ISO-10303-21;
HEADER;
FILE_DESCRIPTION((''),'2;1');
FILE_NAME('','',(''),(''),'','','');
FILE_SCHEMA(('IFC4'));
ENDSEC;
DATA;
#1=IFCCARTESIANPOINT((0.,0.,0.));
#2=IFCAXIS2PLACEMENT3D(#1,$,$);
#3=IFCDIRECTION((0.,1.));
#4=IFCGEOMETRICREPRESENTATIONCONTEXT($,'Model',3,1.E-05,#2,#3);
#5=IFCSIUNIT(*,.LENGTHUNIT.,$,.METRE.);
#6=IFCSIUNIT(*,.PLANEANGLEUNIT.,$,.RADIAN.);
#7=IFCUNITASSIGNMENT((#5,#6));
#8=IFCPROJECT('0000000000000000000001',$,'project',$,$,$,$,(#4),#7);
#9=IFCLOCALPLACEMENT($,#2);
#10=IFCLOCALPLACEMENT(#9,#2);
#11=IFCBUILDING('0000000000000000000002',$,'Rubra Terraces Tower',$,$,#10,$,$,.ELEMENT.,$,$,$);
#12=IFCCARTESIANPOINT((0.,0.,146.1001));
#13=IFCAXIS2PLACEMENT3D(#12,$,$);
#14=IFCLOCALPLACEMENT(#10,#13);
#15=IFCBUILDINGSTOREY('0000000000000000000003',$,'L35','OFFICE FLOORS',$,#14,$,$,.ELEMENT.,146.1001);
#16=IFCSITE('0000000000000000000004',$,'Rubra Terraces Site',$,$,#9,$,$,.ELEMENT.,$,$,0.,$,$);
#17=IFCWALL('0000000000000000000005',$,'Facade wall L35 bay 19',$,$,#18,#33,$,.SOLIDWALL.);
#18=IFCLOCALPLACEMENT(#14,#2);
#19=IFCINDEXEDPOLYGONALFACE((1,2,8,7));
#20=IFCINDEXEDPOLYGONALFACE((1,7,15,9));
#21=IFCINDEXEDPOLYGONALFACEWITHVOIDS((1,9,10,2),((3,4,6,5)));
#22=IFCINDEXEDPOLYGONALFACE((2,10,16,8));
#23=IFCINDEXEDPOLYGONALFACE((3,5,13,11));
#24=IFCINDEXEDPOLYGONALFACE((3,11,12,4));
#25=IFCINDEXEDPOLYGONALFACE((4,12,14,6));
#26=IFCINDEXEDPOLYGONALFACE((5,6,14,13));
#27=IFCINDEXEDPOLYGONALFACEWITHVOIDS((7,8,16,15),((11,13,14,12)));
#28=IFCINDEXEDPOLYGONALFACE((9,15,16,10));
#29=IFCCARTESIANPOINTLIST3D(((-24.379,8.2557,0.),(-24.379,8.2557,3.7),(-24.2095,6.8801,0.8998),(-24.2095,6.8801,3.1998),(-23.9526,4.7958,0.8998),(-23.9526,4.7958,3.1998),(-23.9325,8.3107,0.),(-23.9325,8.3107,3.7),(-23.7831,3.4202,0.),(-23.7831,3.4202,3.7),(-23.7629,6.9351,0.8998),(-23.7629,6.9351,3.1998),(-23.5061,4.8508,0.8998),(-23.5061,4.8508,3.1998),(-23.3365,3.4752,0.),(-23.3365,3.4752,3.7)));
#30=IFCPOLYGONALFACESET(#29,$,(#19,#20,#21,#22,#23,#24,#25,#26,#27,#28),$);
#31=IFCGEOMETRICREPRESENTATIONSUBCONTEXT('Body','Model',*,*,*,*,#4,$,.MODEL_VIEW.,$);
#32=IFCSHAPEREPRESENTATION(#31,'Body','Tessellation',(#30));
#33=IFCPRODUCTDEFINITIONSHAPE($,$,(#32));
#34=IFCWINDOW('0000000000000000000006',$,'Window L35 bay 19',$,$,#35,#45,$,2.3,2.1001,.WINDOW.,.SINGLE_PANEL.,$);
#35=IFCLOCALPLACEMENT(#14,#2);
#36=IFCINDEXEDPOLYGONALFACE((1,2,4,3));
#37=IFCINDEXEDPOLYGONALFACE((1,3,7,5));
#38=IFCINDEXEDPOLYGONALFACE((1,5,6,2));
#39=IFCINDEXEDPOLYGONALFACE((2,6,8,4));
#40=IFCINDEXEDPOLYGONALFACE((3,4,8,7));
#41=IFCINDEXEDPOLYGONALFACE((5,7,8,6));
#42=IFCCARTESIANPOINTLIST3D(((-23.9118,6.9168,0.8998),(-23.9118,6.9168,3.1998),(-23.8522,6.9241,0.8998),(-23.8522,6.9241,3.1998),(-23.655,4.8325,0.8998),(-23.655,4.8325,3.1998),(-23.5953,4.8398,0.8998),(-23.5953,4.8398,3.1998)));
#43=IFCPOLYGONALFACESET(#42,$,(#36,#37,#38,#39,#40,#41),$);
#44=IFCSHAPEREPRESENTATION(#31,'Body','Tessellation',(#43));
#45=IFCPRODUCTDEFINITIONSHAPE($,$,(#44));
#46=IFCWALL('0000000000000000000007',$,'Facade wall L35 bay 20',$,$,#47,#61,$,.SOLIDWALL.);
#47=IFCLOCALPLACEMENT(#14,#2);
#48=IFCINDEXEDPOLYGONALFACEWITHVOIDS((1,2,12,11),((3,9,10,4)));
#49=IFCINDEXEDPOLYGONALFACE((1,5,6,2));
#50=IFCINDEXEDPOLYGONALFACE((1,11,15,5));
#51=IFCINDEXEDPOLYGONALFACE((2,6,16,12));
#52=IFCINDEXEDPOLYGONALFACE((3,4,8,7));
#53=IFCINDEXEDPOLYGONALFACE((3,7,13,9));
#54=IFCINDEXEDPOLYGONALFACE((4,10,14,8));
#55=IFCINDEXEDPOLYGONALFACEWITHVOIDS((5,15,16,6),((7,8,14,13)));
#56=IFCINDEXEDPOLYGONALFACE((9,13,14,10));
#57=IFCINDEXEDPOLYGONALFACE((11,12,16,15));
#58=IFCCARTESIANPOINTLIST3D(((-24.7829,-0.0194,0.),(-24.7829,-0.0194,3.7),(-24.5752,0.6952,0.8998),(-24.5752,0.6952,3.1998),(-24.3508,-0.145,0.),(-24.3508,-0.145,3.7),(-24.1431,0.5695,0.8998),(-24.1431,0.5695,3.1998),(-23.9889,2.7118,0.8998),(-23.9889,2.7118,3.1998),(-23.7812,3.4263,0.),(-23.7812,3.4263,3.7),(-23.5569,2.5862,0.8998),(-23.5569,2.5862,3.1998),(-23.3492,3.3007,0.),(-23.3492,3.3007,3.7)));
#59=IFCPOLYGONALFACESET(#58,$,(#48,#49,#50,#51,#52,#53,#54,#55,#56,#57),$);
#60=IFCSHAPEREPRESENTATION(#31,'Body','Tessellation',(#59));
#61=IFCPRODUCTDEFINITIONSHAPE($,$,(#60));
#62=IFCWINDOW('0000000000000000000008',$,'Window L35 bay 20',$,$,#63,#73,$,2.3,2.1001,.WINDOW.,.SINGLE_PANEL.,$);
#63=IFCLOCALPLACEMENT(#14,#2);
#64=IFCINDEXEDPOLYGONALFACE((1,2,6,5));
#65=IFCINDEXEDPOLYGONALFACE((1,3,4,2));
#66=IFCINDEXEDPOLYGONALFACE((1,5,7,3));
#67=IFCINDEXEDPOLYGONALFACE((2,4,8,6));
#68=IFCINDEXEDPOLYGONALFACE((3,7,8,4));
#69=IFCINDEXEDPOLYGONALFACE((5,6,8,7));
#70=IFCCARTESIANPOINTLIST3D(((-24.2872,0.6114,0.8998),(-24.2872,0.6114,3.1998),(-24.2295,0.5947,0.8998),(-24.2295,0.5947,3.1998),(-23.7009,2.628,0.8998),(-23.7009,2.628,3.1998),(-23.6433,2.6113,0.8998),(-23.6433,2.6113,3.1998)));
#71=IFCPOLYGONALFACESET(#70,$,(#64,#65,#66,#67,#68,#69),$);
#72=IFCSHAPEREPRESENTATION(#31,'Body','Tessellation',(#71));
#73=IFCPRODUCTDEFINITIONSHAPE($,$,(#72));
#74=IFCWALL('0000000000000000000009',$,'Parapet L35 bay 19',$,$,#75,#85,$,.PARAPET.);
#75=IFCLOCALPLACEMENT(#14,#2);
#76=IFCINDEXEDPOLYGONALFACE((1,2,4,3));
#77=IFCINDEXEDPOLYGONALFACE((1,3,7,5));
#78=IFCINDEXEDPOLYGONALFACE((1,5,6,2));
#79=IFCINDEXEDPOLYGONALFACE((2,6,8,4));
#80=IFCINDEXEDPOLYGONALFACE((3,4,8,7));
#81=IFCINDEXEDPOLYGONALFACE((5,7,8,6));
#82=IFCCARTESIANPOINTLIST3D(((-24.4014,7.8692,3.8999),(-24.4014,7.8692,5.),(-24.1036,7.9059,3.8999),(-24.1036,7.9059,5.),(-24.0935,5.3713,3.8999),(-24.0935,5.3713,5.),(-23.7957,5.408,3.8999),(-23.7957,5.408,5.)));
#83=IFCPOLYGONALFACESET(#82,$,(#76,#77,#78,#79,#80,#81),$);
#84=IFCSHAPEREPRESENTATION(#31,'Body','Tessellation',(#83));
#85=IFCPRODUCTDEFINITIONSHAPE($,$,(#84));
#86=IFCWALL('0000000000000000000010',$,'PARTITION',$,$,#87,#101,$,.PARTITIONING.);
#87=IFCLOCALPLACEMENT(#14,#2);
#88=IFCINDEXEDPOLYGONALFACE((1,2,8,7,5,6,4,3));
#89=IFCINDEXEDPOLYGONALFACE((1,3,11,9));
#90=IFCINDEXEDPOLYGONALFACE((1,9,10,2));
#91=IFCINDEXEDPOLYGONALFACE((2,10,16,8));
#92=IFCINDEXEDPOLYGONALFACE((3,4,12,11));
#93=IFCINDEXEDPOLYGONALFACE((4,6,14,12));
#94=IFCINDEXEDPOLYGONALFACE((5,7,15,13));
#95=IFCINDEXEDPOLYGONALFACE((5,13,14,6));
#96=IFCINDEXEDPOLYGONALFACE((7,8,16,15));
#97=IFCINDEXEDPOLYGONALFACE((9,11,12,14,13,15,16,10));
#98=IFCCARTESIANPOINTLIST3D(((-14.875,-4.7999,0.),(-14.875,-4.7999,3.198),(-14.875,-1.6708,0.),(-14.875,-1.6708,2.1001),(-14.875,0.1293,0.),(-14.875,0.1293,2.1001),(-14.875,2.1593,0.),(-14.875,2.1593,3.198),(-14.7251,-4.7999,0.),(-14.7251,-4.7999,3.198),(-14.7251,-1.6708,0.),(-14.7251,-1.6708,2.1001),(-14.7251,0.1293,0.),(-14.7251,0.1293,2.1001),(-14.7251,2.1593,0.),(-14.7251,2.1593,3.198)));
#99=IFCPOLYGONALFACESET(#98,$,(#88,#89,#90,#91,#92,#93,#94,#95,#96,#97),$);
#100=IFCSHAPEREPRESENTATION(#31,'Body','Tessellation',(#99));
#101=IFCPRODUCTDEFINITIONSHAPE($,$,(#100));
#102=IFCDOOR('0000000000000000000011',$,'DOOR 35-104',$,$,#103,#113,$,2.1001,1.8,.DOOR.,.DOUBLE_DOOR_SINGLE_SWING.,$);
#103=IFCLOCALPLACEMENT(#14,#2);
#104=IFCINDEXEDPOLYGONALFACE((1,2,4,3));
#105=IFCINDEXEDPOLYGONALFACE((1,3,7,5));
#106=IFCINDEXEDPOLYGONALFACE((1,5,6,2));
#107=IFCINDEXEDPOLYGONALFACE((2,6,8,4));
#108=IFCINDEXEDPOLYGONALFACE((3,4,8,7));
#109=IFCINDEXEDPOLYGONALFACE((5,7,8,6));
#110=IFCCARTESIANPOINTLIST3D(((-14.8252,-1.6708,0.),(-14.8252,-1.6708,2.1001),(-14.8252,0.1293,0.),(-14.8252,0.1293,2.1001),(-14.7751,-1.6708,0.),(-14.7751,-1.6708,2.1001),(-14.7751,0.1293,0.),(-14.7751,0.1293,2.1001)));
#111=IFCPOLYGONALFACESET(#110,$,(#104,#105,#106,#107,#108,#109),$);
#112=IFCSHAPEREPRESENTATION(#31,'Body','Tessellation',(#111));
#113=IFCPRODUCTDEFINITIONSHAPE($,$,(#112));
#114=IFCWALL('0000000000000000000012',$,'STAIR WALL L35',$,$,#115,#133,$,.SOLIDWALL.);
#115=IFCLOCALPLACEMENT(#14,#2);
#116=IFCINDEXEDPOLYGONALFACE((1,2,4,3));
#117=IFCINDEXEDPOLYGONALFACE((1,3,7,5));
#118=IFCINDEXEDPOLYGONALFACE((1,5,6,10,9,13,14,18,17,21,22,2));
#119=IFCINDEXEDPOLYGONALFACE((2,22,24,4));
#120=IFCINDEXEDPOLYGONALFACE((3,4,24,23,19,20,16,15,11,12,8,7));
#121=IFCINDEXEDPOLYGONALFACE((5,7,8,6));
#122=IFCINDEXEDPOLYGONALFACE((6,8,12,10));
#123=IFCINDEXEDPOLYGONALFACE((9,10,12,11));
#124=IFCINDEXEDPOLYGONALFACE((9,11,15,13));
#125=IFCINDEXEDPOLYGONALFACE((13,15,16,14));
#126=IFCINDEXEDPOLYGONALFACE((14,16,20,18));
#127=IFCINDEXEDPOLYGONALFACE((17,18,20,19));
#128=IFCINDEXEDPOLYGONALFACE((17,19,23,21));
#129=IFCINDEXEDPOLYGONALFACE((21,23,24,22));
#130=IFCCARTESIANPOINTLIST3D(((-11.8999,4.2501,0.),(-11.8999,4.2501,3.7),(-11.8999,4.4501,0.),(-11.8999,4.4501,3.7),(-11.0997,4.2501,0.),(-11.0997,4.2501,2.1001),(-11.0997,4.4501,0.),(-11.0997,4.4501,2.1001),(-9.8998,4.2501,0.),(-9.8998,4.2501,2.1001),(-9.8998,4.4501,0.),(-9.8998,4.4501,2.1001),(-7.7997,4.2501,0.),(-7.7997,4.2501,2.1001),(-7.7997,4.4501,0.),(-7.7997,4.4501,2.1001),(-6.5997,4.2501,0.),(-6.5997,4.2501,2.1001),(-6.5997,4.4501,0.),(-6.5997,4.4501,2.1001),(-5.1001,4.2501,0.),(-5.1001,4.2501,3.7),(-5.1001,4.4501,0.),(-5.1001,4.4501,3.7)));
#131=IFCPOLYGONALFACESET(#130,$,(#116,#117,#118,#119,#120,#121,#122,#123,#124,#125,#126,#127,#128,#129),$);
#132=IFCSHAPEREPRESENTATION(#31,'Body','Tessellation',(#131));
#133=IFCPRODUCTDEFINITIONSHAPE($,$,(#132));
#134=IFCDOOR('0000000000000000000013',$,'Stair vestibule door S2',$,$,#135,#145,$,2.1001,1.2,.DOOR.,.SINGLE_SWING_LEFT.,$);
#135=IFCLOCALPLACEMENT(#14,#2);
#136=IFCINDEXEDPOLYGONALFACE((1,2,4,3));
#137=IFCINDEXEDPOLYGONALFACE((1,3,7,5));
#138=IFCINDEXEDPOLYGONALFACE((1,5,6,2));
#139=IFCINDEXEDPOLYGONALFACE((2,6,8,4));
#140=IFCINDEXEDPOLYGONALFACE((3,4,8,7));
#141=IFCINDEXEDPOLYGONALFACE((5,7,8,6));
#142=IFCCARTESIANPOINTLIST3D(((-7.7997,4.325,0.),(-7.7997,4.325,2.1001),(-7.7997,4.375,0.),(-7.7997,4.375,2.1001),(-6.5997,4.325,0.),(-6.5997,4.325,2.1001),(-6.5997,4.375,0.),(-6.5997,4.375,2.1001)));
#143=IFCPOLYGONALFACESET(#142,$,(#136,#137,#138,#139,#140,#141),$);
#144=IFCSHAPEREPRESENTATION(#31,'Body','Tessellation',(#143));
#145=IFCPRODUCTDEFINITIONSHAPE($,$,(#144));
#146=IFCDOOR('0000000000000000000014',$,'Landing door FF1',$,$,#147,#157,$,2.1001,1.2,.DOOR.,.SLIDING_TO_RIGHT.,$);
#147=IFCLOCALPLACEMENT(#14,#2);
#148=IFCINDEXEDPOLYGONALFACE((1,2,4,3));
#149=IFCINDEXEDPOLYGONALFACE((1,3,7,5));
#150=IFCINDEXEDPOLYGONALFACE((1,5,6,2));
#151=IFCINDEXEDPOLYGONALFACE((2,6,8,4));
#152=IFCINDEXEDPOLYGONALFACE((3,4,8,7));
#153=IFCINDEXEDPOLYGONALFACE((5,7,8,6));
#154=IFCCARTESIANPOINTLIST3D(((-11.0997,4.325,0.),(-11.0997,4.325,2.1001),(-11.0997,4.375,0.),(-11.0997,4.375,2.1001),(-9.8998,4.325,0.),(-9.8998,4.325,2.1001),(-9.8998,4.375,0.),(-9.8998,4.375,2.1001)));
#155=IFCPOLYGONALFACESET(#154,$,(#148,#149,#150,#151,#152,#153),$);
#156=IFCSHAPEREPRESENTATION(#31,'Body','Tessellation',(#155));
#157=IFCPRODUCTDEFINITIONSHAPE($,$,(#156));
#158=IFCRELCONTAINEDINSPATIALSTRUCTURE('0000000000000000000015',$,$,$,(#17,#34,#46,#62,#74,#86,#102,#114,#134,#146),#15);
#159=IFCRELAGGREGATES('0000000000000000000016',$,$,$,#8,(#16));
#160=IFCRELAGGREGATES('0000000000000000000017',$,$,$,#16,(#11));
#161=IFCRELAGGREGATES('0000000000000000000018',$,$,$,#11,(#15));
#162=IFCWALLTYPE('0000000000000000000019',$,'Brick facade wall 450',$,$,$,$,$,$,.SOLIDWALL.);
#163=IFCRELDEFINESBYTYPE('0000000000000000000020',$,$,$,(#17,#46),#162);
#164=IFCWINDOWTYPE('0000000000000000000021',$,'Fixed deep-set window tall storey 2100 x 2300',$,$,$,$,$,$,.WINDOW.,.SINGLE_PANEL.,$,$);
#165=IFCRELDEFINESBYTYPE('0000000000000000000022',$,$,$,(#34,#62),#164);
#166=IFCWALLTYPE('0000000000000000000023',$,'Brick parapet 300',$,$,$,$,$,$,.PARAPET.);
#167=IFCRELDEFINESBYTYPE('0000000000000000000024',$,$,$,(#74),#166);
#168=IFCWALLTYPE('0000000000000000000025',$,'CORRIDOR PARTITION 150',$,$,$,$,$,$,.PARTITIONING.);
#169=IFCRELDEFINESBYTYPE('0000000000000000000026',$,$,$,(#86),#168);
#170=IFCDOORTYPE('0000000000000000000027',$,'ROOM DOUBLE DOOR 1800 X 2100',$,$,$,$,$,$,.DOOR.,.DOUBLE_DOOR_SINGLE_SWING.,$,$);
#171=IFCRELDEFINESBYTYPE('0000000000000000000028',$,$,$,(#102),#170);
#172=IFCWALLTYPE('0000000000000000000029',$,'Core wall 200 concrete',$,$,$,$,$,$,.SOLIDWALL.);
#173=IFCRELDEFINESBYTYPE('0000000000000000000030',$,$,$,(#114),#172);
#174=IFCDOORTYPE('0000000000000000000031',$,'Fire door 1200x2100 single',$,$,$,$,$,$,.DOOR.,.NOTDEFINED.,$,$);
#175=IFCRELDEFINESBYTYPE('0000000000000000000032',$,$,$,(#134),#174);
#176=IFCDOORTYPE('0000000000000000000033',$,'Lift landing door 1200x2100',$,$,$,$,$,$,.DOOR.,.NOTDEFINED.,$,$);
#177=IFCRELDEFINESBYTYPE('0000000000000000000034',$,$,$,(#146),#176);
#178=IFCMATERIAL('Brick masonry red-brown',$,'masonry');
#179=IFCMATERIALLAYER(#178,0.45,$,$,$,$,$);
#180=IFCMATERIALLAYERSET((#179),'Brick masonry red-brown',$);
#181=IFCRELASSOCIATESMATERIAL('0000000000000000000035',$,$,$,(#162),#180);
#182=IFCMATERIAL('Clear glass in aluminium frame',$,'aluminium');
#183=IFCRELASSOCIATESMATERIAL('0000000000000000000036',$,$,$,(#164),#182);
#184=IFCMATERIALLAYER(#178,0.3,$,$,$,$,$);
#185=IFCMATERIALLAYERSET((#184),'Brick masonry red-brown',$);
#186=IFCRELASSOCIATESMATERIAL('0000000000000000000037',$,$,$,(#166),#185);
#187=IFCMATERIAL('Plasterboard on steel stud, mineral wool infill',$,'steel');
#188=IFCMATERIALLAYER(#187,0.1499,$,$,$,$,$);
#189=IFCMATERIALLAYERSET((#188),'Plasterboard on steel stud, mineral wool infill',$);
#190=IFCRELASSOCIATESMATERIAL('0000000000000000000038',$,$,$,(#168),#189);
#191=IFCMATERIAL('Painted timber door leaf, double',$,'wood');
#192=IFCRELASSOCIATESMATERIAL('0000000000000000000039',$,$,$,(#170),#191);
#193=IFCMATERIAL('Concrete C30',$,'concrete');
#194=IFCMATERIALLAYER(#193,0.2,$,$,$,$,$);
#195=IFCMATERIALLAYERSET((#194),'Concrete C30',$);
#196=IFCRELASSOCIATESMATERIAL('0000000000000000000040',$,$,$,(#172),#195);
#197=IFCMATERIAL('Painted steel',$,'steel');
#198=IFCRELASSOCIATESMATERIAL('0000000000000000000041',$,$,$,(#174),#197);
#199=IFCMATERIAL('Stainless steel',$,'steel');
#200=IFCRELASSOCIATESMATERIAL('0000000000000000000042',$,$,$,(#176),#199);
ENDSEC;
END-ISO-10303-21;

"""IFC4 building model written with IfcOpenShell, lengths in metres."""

from ifc_helpers import new_model, si_unit, direction, frame, frame_2d, origin, place, context, subcontext, project, spatial, rectangle, extrude, material, layer, layer_set, type_object, element, fill, save


model = new_model("IFC4")

# Units and contexts
model_context = context("Model", 3, precision=1e-05, world=origin(), true_north=direction((0.0, 1.0)))
body_context = subcontext(model_context, "Body", "Model", "MODEL_VIEW")
ifc_project = project(units=[si_unit("LENGTHUNIT", "METRE"), si_unit("PLANEANGLEUNIT", "RADIAN")], contexts=[model_context])

# Site, building, storey
site_placement = place(None, origin())
site = spatial("IfcSite", under=ifc_project, at=site_placement, Name="Rubra Terraces Site", CompositionType="ELEMENT", RefElevation=0.0)
building_placement = place(site_placement, origin())
building = spatial("IfcBuilding", under=site, at=building_placement, Name="Rubra Terraces Tower", CompositionType="ELEMENT")
storey_placement = place(building_placement, frame((0.0, 0.0, 146.1001)))
storey = spatial("IfcBuildingStorey", under=building, at=storey_placement, Name="L35", Description="OFFICE FLOORS", CompositionType="ELEMENT", Elevation=146.1001)

# Walls, openings, windows
ifc_material_1 = material(Name="Brick masonry red-brown", Category="masonry")
ifc_layer_1 = layer(ifc_material_1, 0.45)
ifc_layer_set_1 = layer_set([ifc_layer_1], Name="Brick masonry red-brown")
wall_type_1 = type_object("IfcWallType", Name="Brick facade wall 450", PredefinedType="SOLIDWALL", material=ifc_layer_set_1)
wall_1_placement = place(storey_placement, frame((-24.1558, 8.2832, 0.0), z_axis=(0.0, 0.0, 1.0), x_axis=(0.12232, -0.992491, 0.0)))
wall_1 = element("IfcWall", 1, at=wall_1_placement, inside=storey, type_object=wall_type_1, Name="Facade wall L35 bay 19", PredefinedType="SOLIDWALL", context=body_context, shape_type="SweptSolid", body=[
    extrude(rectangle(XDim=4.8721, YDim=0.45, at=frame_2d((2.436, 0.0))), origin(), (0.0, 0.0, 1.0), 3.7),
])
opening_1_placement = place(wall_1_placement, frame((1.386, 0.0, 0.8999)))
opening_1 = element("IfcOpeningElement", 2, at=opening_1_placement, cuts=wall_1, PredefinedType="OPENING", context=body_context, shape_type="SweptSolid", body=[
    extrude(rectangle(XDim=2.1001, YDim=2.3, at=frame_2d((1.05, 1.1499))), frame((0.0, 0.2349, 0.0), z_axis=(0.0, -1.0, 0.0), x_axis=(1.0, 0.0, 0.0)), (0.0, 0.0, 1.0), 0.47),
])
ifc_material_2 = material(Name="Clear glass in aluminium frame", Category="aluminium")
window_type = type_object("IfcWindowType", Name="Fixed deep-set window tall storey 2100 x 2300", PartitioningType="SINGLE_PANEL", PredefinedType="WINDOW", material=ifc_material_2)
window_1_placement = place(opening_1_placement, origin())
window_1 = element("IfcWindow", 3, at=window_1_placement, inside=storey, type_object=window_type, Name="Window L35 bay 19", OverallHeight=2.3, OverallWidth=2.1001, PartitioningType="SINGLE_PANEL", PredefinedType="WINDOW", context=body_context, shape_type="SweptSolid", body=[
    extrude(rectangle(XDim=2.1001, YDim=2.3, at=frame_2d((1.05, 1.1499))), frame((0.0, 0.135, 0.0), z_axis=(0.0, -1.0, 0.0), x_axis=(1.0, 0.0, 0.0)), (0.0, 0.0, 1.0), 0.0601),
])
fill(opening_1, window_1)
wall_2_placement = place(storey_placement, frame((-23.5652, 3.3635, 0.0), z_axis=(0.0, 0.0, 1.0), x_axis=(-0.279148, -0.960248, 0.0)))
wall_2 = element("IfcWall", 4, at=wall_2_placement, inside=storey, type_object=wall_type_1, Name="Facade wall L35 bay 20", PredefinedType="SOLIDWALL", context=body_context, shape_type="SweptSolid", body=[
    extrude(rectangle(XDim=3.5884, YDim=0.45, at=frame_2d((1.7942, 0.0))), origin(), (0.0, 0.0, 1.0), 3.7),
])
opening_2_placement = place(wall_2_placement, frame((0.7441, 0.0, 0.8999)))
opening_2 = element("IfcOpeningElement", 5, at=opening_2_placement, cuts=wall_2, PredefinedType="OPENING", context=body_context, shape_type="SweptSolid", body=[
    extrude(rectangle(XDim=2.1001, YDim=2.3, at=frame_2d((1.05, 1.1499))), frame((0.0, 0.2349, 0.0), z_axis=(0.0, -1.0, 0.0), x_axis=(1.0, 0.0, 0.0)), (0.0, 0.0, 1.0), 0.47),
])
window_2_placement = place(opening_2_placement, origin())
window_2 = element("IfcWindow", 6, at=window_2_placement, inside=storey, type_object=window_type, Name="Window L35 bay 20", OverallHeight=2.3, OverallWidth=2.1001, PartitioningType="SINGLE_PANEL", PredefinedType="WINDOW", context=body_context, shape_type="SweptSolid", body=[
    extrude(rectangle(XDim=2.1001, YDim=2.3, at=frame_2d((1.05, 1.1499))), frame((0.0, 0.135, 0.0), z_axis=(0.0, -1.0, 0.0), x_axis=(1.0, 0.0, 0.0)), (0.0, 0.0, 1.0), 0.0601),
])
fill(opening_2, window_2)

# Wall
ifc_layer_2 = layer(ifc_material_1, 0.3)
ifc_layer_set_2 = layer_set([ifc_layer_2], Name="Brick masonry red-brown")
wall_type_2 = type_object("IfcWallType", Name="Brick parapet 300", PredefinedType="PARAPET", material=ifc_layer_set_2)
wall_3_placement = place(storey_placement, frame((-24.2524, 7.8875, 3.8999), z_axis=(0.0, 0.0, 1.0), x_axis=(0.122315, -0.992491, 0.0)))
element("IfcWall", 7, at=wall_3_placement, inside=storey, type_object=wall_type_2, Name="Parapet L35 bay 19", PredefinedType="PARAPET", context=body_context, shape_type="SweptSolid", body=[
    extrude(rectangle(XDim=2.5168, YDim=0.3, at=frame_2d((1.2583, 0.0))), origin(), (0.0, 0.0, 1.0), 1.1001),
])

# Wall, opening, door
ifc_material_3 = material(Name="Plasterboard on steel stud, mineral wool infill", Category="steel")
ifc_layer_3 = layer(ifc_material_3, 0.1499)
ifc_layer_set_3 = layer_set([ifc_layer_3], Name="Plasterboard on steel stud, mineral wool infill")
wall_type_3 = type_object("IfcWallType", Name="CORRIDOR PARTITION 150", PredefinedType="PARTITIONING", material=ifc_layer_set_3)
wall_4_placement = place(storey_placement, frame((-14.8, 2.1592, 0.0), z_axis=(0.0, 0.0, 1.0), x_axis=(0.0, -1.0, 0.0)))
wall_4 = element("IfcWall", 8, at=wall_4_placement, inside=storey, type_object=wall_type_3, Name="PARTITION", PredefinedType="PARTITIONING", context=body_context, shape_type="SweptSolid", body=[
    extrude(rectangle(XDim=6.9592, YDim=0.1499, at=frame_2d((3.4795, 0.0))), origin(), (0.0, 0.0, 1.0), 3.198),
])
opening_3_placement = place(wall_4_placement, frame((2.03, 0.0, 0.0)))
opening_3 = element("IfcOpeningElement", 9, at=opening_3_placement, cuts=wall_4, PredefinedType="OPENING", context=body_context, shape_type="SweptSolid", body=[
    extrude(rectangle(XDim=1.8, YDim=2.1001, at=frame_2d((0.8999, 1.05))), frame((0.0, 0.085, 0.0), z_axis=(0.0, -1.0, 0.0), x_axis=(1.0, 0.0, 0.0)), (0.0, 0.0, 1.0), 0.1699),
])
ifc_material_4 = material(Name="Painted timber door leaf, double", Category="wood")
door_type_1 = type_object("IfcDoorType", Name="ROOM DOUBLE DOOR 1800 X 2100", OperationType="DOUBLE_DOOR_SINGLE_SWING", PredefinedType="DOOR", material=ifc_material_4)
door_1_placement = place(opening_3_placement, origin())
door_1 = element("IfcDoor", 10, at=door_1_placement, inside=storey, type_object=door_type_1, Name="DOOR 35-104", OperationType="DOUBLE_DOOR_SINGLE_SWING", OverallHeight=2.1001, OverallWidth=1.8, PredefinedType="DOOR", context=body_context, shape_type="SweptSolid", body=[
    extrude(rectangle(XDim=1.8, YDim=2.1001, at=frame_2d((0.8999, 1.05))), frame((0.0, 0.0249, 0.0), z_axis=(0.0, -1.0, 0.0), x_axis=(1.0, 0.0, 0.0)), (0.0, 0.0, 1.0), 0.05),
])
fill(opening_3, door_1)

# Wall, openings, doors
ifc_material_5 = material(Name="Concrete C30", Category="concrete")
ifc_layer_4 = layer(ifc_material_5, 0.2)
ifc_layer_set_4 = layer_set([ifc_layer_4], Name="Concrete C30")
wall_type_4 = type_object("IfcWallType", Name="Core wall 200 concrete", PredefinedType="SOLIDWALL", material=ifc_layer_set_4)
wall_5_placement = place(storey_placement, frame((-11.8999, 4.3501, 0.0), z_axis=(0.0, 0.0, 1.0), x_axis=(1.0, 0.0, 0.0)))
wall_5 = element("IfcWall", 11, at=wall_5_placement, inside=storey, type_object=wall_type_4, Name="STAIR WALL L35", PredefinedType="SOLIDWALL", context=body_context, shape_type="SweptSolid", body=[
    extrude(rectangle(XDim=6.7998, YDim=0.2, at=frame_2d((3.3999, 0.0))), origin(), (0.0, 0.0, 1.0), 3.7),
])
opening_4_placement = place(wall_5_placement, frame((4.1001, 0.0, 0.0)))
opening_4 = element("IfcOpeningElement", 12, at=opening_4_placement, cuts=wall_5, PredefinedType="OPENING", context=body_context, shape_type="SweptSolid", body=[
    extrude(rectangle(XDim=1.2, YDim=2.1001, at=frame_2d((0.6001, 1.05))), frame((0.0, 0.1099, 0.0), z_axis=(0.0, -1.0, 0.0), x_axis=(1.0, 0.0, 0.0)), (0.0, 0.0, 1.0), 0.22),
])
opening_5_placement = place(wall_5_placement, frame((0.8, 0.0, 0.0)))
opening_5 = element("IfcOpeningElement", 13, at=opening_5_placement, cuts=wall_5, PredefinedType="OPENING", context=body_context, shape_type="SweptSolid", body=[
    extrude(rectangle(XDim=1.2, YDim=2.1001, at=frame_2d((0.6001, 1.05))), frame((0.0, 0.1099, 0.0), z_axis=(0.0, -1.0, 0.0), x_axis=(1.0, 0.0, 0.0)), (0.0, 0.0, 1.0), 0.22),
])
ifc_material_6 = material(Name="Painted steel", Category="steel")
door_type_2 = type_object("IfcDoorType", Name="Fire door 1200x2100 single", OperationType="NOTDEFINED", PredefinedType="DOOR", material=ifc_material_6)
door_2_placement = place(opening_4_placement, origin())
door_2 = element("IfcDoor", 14, at=door_2_placement, inside=storey, type_object=door_type_2, Name="Stair vestibule door S2", OperationType="SINGLE_SWING_LEFT", OverallHeight=2.1001, OverallWidth=1.2, PredefinedType="DOOR", context=body_context, shape_type="SweptSolid", body=[
    extrude(rectangle(XDim=1.2, YDim=2.1001, at=frame_2d((0.6001, 1.05))), frame((0.0, 0.0249, 0.0), z_axis=(0.0, -1.0, 0.0), x_axis=(1.0, 0.0, 0.0)), (0.0, 0.0, 1.0), 0.05),
])
fill(opening_4, door_2)
ifc_material_7 = material(Name="Stainless steel", Category="steel")
door_type_3 = type_object("IfcDoorType", Name="Lift landing door 1200x2100", OperationType="NOTDEFINED", PredefinedType="DOOR", material=ifc_material_7)
door_3_placement = place(opening_5_placement, origin())
door_3 = element("IfcDoor", 15, at=door_3_placement, inside=storey, type_object=door_type_3, Name="Landing door FF1", OperationType="SLIDING_TO_RIGHT", OverallHeight=2.1001, OverallWidth=1.2, PredefinedType="DOOR", context=body_context, shape_type="SweptSolid", body=[
    extrude(rectangle(XDim=1.2, YDim=2.1001, at=frame_2d((0.6001, 1.05))), frame((0.0, 0.0249, 0.0), z_axis=(0.0, -1.0, 0.0), x_axis=(1.0, 0.0, 0.0)), (0.0, 0.0, 1.0), 0.05),
])
fill(opening_5, door_3)

save(model, "model.ifc")
